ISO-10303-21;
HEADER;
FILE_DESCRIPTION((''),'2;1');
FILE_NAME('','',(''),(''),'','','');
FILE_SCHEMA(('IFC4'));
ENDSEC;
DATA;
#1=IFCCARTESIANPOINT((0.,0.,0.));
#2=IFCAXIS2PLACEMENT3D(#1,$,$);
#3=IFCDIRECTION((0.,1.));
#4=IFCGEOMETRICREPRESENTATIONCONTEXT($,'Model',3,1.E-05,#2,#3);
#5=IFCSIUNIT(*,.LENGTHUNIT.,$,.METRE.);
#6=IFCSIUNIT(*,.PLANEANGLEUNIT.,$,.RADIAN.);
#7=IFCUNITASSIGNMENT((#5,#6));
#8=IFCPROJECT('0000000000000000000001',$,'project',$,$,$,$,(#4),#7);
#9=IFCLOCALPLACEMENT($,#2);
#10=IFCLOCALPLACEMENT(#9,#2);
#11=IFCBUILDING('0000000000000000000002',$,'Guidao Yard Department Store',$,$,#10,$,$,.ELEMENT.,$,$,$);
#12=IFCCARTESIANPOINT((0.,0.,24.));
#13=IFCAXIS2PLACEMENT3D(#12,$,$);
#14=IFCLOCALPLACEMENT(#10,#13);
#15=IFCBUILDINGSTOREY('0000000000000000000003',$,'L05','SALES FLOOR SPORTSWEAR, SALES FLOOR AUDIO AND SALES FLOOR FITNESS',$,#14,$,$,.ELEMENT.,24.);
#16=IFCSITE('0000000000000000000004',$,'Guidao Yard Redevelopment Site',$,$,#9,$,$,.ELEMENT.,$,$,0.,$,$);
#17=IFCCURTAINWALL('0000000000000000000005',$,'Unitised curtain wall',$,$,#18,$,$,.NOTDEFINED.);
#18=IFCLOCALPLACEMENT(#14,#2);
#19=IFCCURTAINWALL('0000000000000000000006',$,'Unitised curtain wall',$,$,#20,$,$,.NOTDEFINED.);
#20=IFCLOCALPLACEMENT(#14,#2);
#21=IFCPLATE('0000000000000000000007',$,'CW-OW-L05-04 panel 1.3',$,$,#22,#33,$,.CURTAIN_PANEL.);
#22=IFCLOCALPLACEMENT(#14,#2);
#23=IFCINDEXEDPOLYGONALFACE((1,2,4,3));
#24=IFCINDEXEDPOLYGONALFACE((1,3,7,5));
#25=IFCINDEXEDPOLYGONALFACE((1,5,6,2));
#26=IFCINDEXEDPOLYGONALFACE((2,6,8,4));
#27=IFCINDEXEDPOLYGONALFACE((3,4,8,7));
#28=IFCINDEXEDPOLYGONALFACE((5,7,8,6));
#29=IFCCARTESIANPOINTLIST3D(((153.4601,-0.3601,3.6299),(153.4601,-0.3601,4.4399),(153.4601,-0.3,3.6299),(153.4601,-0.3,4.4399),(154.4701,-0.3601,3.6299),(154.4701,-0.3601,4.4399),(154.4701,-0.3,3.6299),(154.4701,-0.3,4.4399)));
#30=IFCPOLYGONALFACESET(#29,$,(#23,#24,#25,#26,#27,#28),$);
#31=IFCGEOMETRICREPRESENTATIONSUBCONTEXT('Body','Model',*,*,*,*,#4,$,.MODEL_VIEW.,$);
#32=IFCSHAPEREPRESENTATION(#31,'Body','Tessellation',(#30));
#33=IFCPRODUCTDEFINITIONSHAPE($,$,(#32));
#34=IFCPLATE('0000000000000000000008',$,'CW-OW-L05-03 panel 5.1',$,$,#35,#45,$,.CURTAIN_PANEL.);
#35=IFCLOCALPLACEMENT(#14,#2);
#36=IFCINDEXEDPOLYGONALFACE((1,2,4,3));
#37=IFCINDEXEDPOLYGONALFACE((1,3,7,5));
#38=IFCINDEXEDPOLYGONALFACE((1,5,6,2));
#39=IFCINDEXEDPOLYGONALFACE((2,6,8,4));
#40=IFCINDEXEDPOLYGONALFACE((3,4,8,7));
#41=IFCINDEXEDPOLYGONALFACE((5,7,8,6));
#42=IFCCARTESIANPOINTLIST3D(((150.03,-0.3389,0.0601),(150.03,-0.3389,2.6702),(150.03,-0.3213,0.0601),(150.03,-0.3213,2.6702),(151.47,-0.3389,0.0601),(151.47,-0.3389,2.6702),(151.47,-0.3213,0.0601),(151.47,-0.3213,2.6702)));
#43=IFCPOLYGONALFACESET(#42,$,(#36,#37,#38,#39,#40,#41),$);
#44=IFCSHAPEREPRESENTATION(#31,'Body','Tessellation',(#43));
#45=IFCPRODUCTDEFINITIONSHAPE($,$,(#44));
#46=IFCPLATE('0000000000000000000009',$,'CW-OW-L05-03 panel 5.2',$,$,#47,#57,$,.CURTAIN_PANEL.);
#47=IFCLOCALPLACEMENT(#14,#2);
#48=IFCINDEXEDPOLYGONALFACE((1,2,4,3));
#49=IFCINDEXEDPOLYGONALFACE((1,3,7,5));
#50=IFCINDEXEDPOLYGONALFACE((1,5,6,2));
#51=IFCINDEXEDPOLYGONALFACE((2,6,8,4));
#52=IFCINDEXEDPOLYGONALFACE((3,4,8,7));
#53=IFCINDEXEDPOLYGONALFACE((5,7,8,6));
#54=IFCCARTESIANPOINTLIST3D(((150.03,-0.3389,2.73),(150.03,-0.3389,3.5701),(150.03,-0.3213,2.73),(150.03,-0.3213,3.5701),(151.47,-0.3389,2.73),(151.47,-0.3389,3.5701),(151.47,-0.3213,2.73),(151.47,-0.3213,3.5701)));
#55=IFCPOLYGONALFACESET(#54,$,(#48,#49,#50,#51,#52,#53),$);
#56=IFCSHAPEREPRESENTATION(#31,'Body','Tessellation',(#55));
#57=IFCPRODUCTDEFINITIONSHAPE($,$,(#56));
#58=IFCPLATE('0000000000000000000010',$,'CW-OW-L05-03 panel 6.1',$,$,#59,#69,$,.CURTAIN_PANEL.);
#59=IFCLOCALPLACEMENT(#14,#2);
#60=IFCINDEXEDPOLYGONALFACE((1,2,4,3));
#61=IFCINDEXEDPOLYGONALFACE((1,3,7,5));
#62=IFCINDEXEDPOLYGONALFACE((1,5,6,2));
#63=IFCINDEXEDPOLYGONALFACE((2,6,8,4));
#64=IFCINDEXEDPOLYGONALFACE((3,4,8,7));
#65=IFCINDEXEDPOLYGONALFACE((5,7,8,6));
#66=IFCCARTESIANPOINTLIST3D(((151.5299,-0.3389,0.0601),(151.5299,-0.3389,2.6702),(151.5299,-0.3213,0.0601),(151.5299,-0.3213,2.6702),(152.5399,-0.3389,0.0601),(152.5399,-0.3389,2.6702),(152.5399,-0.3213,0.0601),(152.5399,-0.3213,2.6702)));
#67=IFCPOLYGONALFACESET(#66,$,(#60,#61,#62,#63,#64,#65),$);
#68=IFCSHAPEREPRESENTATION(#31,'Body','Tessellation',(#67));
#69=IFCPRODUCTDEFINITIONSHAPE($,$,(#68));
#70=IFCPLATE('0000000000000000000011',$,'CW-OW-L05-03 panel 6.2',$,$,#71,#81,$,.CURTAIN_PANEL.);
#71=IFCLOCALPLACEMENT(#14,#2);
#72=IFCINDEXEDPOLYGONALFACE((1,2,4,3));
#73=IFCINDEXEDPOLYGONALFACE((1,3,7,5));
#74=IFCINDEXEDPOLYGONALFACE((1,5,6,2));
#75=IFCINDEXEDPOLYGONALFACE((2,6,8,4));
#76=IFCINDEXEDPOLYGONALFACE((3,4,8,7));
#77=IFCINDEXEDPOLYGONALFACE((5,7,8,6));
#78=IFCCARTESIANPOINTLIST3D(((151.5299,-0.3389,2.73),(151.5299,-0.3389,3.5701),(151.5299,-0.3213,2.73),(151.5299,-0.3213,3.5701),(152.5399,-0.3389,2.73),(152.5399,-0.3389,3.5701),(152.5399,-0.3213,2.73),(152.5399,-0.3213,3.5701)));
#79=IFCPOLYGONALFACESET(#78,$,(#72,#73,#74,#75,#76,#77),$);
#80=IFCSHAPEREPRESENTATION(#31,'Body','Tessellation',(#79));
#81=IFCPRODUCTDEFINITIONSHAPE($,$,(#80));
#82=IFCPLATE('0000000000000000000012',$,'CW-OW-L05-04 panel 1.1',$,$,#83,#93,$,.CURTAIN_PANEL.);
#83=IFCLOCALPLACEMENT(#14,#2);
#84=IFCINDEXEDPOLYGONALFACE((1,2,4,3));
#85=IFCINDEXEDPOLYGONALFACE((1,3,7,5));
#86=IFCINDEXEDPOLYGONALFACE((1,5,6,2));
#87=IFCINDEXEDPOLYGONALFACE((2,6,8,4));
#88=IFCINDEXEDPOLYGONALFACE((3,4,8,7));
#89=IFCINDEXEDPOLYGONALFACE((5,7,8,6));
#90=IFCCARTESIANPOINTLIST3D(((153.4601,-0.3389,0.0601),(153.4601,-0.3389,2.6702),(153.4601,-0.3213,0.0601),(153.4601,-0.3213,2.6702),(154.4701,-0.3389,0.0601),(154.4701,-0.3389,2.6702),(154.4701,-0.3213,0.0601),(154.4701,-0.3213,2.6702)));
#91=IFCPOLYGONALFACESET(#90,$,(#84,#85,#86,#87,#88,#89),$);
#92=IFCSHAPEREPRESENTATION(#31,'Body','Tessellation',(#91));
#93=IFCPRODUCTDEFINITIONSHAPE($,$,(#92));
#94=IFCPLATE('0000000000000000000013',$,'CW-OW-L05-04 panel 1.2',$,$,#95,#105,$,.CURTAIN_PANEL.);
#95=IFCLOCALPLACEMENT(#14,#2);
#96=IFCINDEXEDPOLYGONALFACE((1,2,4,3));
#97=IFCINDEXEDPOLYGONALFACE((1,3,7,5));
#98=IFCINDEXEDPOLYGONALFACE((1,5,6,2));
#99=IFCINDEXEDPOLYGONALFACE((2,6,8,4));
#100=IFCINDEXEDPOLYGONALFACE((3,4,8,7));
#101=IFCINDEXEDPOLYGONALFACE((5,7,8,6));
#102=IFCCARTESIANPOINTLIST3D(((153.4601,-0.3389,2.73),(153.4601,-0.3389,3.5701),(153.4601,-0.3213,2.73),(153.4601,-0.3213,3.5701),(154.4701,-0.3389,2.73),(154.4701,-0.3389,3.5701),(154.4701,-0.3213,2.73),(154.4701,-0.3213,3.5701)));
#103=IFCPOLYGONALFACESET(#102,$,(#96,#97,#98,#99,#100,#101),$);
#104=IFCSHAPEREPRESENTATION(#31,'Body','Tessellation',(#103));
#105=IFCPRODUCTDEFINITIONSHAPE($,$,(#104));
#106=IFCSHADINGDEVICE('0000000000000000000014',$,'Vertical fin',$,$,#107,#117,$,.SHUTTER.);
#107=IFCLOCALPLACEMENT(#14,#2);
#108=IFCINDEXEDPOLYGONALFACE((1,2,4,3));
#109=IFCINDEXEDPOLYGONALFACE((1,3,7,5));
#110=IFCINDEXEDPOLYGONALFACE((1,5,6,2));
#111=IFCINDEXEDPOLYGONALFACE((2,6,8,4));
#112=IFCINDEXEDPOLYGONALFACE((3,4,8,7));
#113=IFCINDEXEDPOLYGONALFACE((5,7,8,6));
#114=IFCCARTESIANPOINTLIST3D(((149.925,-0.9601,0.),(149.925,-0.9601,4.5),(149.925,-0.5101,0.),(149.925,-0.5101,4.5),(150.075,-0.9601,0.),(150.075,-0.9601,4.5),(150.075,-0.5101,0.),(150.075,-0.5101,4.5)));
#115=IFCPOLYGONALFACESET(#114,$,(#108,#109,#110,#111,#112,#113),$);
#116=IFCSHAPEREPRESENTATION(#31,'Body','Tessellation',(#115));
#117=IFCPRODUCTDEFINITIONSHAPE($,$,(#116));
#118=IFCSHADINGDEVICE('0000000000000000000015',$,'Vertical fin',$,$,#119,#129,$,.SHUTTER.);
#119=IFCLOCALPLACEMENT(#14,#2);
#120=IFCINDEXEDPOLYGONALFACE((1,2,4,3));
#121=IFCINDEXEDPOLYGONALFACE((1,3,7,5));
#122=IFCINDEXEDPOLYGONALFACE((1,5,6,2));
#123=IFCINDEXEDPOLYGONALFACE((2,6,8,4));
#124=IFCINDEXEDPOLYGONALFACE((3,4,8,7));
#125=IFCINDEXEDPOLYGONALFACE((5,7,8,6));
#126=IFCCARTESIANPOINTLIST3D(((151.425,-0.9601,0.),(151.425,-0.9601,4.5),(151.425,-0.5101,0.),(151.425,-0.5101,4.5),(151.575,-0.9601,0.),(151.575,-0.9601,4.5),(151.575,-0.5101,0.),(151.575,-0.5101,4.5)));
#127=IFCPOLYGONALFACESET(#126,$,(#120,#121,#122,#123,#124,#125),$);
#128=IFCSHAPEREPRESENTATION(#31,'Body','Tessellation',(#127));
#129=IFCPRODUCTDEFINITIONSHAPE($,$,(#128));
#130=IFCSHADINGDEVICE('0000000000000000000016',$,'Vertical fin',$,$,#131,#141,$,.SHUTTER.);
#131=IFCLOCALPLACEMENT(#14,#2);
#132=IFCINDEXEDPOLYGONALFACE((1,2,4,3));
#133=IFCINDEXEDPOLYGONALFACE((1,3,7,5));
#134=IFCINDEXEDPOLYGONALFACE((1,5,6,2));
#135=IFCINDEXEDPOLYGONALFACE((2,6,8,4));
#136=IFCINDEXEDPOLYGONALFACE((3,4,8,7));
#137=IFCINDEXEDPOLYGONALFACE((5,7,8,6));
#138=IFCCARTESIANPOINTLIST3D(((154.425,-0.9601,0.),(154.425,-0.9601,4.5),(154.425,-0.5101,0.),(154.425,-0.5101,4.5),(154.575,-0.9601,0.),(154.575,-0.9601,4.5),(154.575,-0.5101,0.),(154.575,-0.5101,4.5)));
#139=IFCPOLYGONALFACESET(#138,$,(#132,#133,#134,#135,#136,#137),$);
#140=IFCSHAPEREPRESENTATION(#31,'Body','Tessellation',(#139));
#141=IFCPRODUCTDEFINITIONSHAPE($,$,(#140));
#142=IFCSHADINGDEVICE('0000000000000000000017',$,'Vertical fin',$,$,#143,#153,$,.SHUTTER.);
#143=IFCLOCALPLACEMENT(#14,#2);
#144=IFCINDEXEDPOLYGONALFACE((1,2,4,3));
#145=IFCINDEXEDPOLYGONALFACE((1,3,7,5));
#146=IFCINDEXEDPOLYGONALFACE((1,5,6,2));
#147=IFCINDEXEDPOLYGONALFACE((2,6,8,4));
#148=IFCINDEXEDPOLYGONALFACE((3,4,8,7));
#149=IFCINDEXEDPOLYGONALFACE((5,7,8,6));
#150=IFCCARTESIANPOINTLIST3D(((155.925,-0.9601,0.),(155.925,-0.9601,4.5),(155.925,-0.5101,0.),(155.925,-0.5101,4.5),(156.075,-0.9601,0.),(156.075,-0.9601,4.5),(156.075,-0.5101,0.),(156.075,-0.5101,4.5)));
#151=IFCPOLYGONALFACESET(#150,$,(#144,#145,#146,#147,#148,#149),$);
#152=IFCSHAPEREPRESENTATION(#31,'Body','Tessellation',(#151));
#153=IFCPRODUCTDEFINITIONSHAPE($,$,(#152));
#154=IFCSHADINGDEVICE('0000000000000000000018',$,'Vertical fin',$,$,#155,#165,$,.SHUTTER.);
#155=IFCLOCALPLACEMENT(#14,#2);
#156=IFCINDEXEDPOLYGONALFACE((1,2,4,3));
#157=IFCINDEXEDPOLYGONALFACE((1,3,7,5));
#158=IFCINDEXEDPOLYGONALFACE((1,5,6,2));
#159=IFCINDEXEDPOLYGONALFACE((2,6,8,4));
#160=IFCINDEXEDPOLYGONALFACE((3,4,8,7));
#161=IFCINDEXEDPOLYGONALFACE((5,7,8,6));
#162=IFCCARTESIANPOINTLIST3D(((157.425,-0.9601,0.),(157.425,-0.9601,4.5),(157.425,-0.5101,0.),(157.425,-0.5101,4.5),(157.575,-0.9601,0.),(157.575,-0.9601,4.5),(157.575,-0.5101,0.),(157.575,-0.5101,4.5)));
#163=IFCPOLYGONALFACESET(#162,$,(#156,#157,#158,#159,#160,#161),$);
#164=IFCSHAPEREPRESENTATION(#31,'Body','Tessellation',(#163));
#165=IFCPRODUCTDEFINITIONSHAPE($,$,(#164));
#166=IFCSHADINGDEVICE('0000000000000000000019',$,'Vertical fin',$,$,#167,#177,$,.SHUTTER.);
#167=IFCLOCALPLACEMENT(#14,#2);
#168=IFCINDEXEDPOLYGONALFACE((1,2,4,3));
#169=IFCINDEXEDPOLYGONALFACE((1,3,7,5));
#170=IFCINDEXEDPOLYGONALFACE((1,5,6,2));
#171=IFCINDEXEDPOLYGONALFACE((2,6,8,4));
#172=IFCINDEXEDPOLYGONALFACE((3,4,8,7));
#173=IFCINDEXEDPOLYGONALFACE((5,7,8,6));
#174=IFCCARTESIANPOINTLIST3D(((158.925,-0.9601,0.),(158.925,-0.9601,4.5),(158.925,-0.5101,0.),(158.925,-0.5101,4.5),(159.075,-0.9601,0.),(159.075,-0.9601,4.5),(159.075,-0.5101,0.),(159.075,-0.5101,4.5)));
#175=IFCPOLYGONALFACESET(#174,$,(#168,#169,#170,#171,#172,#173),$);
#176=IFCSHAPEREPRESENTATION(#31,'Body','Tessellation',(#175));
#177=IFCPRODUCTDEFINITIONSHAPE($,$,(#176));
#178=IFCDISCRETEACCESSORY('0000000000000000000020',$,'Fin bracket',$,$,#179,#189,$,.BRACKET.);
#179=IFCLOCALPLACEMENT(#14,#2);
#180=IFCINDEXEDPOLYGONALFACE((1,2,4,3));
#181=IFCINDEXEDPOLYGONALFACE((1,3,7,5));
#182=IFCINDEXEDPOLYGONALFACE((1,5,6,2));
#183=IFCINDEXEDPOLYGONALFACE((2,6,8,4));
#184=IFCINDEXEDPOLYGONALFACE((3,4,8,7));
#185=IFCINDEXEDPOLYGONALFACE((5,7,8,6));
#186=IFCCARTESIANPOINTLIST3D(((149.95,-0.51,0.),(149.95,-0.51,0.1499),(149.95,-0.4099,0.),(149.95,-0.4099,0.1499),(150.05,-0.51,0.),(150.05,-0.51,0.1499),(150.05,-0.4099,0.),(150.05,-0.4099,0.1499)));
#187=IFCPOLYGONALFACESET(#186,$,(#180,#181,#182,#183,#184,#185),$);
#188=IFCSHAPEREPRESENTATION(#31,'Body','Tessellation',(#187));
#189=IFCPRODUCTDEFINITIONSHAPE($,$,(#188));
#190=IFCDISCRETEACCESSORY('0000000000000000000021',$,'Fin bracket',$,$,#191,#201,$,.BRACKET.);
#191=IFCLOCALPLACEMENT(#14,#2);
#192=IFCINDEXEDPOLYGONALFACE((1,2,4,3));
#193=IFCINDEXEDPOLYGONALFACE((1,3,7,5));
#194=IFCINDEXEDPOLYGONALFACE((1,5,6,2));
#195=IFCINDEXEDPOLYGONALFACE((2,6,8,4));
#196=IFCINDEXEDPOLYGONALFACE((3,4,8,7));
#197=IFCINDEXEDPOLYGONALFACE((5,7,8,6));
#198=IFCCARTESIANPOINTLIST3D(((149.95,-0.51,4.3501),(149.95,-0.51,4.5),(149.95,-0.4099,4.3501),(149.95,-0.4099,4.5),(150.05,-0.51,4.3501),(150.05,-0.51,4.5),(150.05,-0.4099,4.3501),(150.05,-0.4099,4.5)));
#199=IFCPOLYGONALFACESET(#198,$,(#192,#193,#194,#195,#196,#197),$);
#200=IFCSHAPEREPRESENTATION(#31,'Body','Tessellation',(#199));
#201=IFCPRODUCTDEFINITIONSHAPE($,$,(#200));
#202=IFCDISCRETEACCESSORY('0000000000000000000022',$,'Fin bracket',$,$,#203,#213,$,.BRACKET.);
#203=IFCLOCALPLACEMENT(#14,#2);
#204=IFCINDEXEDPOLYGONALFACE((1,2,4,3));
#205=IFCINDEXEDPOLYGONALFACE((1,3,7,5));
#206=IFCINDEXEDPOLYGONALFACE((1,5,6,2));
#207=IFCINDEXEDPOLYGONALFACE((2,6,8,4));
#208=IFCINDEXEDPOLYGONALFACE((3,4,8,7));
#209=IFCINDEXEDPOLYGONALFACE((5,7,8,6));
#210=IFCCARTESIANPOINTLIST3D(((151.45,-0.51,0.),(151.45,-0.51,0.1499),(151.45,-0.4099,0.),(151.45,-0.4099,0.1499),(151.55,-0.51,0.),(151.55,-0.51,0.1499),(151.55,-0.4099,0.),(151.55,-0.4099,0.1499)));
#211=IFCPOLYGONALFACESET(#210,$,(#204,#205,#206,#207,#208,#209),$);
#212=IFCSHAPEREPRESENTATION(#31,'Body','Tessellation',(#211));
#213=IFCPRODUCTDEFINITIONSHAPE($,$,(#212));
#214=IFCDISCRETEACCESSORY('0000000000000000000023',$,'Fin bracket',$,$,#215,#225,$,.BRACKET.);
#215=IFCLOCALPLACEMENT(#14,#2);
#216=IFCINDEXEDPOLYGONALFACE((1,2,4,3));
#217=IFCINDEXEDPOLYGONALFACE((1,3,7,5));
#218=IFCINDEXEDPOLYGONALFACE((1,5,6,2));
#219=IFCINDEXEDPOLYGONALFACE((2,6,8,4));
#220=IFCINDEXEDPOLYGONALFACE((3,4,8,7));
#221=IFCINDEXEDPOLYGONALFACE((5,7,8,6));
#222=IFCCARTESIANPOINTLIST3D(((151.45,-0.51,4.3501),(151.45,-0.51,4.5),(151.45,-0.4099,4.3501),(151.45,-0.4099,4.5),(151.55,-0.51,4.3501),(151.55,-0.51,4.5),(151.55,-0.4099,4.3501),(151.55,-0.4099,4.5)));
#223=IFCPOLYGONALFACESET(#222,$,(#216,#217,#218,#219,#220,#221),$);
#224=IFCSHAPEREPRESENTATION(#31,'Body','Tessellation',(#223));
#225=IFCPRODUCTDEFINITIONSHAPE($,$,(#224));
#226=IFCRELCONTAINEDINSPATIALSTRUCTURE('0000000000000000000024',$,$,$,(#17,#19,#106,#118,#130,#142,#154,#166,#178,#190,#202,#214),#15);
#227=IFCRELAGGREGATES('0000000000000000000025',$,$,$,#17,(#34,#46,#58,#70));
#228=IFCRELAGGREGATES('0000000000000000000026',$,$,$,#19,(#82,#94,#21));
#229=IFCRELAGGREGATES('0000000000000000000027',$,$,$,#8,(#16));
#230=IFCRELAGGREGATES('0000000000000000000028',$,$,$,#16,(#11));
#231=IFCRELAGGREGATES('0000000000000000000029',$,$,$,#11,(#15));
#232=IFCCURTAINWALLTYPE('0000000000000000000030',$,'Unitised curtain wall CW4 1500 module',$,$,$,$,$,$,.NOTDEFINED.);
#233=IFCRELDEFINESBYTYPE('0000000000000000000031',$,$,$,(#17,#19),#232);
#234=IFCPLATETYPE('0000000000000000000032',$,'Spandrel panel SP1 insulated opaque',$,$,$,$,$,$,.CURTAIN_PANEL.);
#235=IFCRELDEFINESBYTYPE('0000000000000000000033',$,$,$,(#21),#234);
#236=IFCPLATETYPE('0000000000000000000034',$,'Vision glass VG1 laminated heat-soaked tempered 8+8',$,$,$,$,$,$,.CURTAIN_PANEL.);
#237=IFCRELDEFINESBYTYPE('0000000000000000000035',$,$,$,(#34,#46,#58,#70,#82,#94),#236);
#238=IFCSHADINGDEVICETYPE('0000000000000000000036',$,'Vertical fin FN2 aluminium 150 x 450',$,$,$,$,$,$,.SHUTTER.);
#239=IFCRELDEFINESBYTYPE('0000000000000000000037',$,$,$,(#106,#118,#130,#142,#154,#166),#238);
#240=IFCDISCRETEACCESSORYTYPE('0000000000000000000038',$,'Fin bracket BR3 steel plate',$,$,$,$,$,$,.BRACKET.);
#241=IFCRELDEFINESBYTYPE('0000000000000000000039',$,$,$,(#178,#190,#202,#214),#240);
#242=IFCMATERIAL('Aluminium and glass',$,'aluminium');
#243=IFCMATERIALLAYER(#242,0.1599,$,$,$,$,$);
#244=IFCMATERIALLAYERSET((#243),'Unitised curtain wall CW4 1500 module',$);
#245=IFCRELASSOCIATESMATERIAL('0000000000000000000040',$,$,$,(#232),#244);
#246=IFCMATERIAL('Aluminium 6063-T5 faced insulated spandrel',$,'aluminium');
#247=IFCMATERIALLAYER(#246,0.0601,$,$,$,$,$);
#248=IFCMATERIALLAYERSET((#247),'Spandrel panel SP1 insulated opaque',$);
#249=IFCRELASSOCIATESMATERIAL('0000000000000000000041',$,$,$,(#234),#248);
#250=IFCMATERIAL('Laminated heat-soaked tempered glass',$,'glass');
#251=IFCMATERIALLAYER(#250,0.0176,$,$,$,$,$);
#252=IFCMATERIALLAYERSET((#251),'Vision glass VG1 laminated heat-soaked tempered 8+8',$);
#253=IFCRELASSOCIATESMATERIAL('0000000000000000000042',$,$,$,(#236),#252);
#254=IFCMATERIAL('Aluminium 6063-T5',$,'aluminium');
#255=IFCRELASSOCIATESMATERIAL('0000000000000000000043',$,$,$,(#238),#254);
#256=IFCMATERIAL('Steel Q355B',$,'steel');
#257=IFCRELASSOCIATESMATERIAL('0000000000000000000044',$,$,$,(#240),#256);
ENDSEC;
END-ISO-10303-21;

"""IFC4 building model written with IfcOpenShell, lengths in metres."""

from ifc_helpers import new_model, si_unit, direction, frame, origin, origin_2d, place, context, subcontext, project, spatial, rectangle, extrude, material, layer, layer_set, type_object, element, aggregate, save


model = new_model("IFC4")

# Units and contexts
model_context = context("Model", 3, precision=1e-05, world=origin(), true_north=direction((0.0, 1.0)))
body_context = subcontext(model_context, "Body", "Model", "MODEL_VIEW")
ifc_project = project(units=[si_unit("LENGTHUNIT", "METRE"), si_unit("PLANEANGLEUNIT", "RADIAN")], contexts=[model_context])

# Site, building, storey
site_placement = place(None, origin())
site = spatial("IfcSite", under=ifc_project, at=site_placement, Name="Guidao Yard Redevelopment Site", CompositionType="ELEMENT", RefElevation=0.0)
building_placement = place(site_placement, origin())
building = spatial("IfcBuilding", under=site, at=building_placement, Name="Guidao Yard Department Store", CompositionType="ELEMENT")
storey_placement = place(building_placement, frame((0.0, 0.0, 24.0)))
storey = spatial("IfcBuildingStorey", under=building, at=storey_placement, Name="L05", Description="SALES FLOOR SPORTSWEAR, SALES FLOOR AUDIO AND SALES FLOOR FITNESS", CompositionType="ELEMENT", Elevation=24.0)

# Curtain wall
ifc_material_1 = material(Name="Aluminium and glass", Category="aluminium")
ifc_layer_1 = layer(ifc_material_1, 0.1599)
ifc_layer_set_1 = layer_set([ifc_layer_1], Name="Unitised curtain wall CW4 1500 module")
curtain_wall_type = type_object("IfcCurtainWallType", Name="Unitised curtain wall CW4 1500 module", PredefinedType="NOTDEFINED", material=ifc_layer_set_1)
curtain_wall_1_placement = place(storey_placement, origin())
curtain_wall_1 = element("IfcCurtainWall", 1, at=curtain_wall_1_placement, inside=storey, type_object=curtain_wall_type, Name="Unitised curtain wall", PredefinedType="NOTDEFINED")

# Curtain wall
curtain_wall_2_placement = place(storey_placement, origin())
curtain_wall_2 = element("IfcCurtainWall", 2, at=curtain_wall_2_placement, inside=storey, type_object=curtain_wall_type, Name="Unitised curtain wall", PredefinedType="NOTDEFINED")

# Plates
ifc_material_2 = material(Name="Aluminium 6063-T5 faced insulated spandrel", Category="aluminium")
ifc_layer_2 = layer(ifc_material_2, 0.0601)
ifc_layer_set_2 = layer_set([ifc_layer_2], Name="Spandrel panel SP1 insulated opaque")
plate_type_1 = type_object("IfcPlateType", Name="Spandrel panel SP1 insulated opaque", PredefinedType="CURTAIN_PANEL", material=ifc_layer_set_2)
plate_1_placement = place(storey_placement, frame((153.9651, -0.3301, 3.6299), z_axis=(0.0, 0.0, 1.0), x_axis=(-1.0, 0.0, 0.0)))
plate_1 = element("IfcPlate", 3, at=plate_1_placement, type_object=plate_type_1, Name="CW-OW-L05-04 panel 1.3", PredefinedType="CURTAIN_PANEL", context=body_context, shape_type="SweptSolid", body=[
    extrude(rectangle(XDim=1.01, YDim=0.0601, at=origin_2d()), origin(), (0.0, 0.0, 1.0), 0.8101),
])
ifc_material_3 = material(Name="Laminated heat-soaked tempered glass", Category="glass")
ifc_layer_3 = layer(ifc_material_3, 0.0176)
ifc_layer_set_3 = layer_set([ifc_layer_3], Name="Vision glass VG1 laminated heat-soaked tempered 8+8")
plate_type_2 = type_object("IfcPlateType", Name="Vision glass VG1 laminated heat-soaked tempered 8+8", PredefinedType="CURTAIN_PANEL", material=ifc_layer_set_3)
plate_2_placement = place(storey_placement, frame((150.75, -0.3301, 0.0601), z_axis=(0.0, 0.0, 1.0), x_axis=(-1.0, 0.0, 0.0)))
plate_2 = element("IfcPlate", 4, at=plate_2_placement, type_object=plate_type_2, Name="CW-OW-L05-03 panel 5.1", PredefinedType="CURTAIN_PANEL", context=body_context, shape_type="SweptSolid", body=[
    extrude(rectangle(XDim=1.4399, YDim=0.0176, at=origin_2d()), origin(), (0.0, 0.0, 1.0), 2.6101),
])
plate_3_placement = place(storey_placement, frame((150.75, -0.3301, 2.73), z_axis=(0.0, 0.0, 1.0), x_axis=(-1.0, 0.0, 0.0)))
plate_3 = element("IfcPlate", 5, at=plate_3_placement, type_object=plate_type_2, Name="CW-OW-L05-03 panel 5.2", PredefinedType="CURTAIN_PANEL", context=body_context, shape_type="SweptSolid", body=[
    extrude(rectangle(XDim=1.4399, YDim=0.0176, at=origin_2d()), origin(), (0.0, 0.0, 1.0), 0.8401),
])
plate_4_placement = place(storey_placement, frame((152.0349, -0.3301, 0.0601), z_axis=(0.0, 0.0, 1.0), x_axis=(-1.0, 0.0, 0.0)))
plate_4 = element("IfcPlate", 6, at=plate_4_placement, type_object=plate_type_2, Name="CW-OW-L05-03 panel 6.1", PredefinedType="CURTAIN_PANEL", context=body_context, shape_type="SweptSolid", body=[
    extrude(rectangle(XDim=1.01, YDim=0.0176, at=origin_2d()), origin(), (0.0, 0.0, 1.0), 2.6101),
])
plate_5_placement = place(storey_placement, frame((152.0349, -0.3301, 2.73), z_axis=(0.0, 0.0, 1.0), x_axis=(-1.0, 0.0, 0.0)))
plate_5 = element("IfcPlate", 7, at=plate_5_placement, type_object=plate_type_2, Name="CW-OW-L05-03 panel 6.2", PredefinedType="CURTAIN_PANEL", context=body_context, shape_type="SweptSolid", body=[
    extrude(rectangle(XDim=1.01, YDim=0.0176, at=origin_2d()), origin(), (0.0, 0.0, 1.0), 0.8401),
])
aggregate(curtain_wall_1, [plate_2, plate_3, plate_4, plate_5])
plate_6_placement = place(storey_placement, frame((153.9651, -0.3301, 0.0601), z_axis=(0.0, 0.0, 1.0), x_axis=(-1.0, 0.0, 0.0)))
plate_6 = element("IfcPlate", 8, at=plate_6_placement, type_object=plate_type_2, Name="CW-OW-L05-04 panel 1.1", PredefinedType="CURTAIN_PANEL", context=body_context, shape_type="SweptSolid", body=[
    extrude(rectangle(XDim=1.01, YDim=0.0176, at=origin_2d()), origin(), (0.0, 0.0, 1.0), 2.6101),
])
plate_7_placement = place(storey_placement, frame((153.9651, -0.3301, 2.73), z_axis=(0.0, 0.0, 1.0), x_axis=(-1.0, 0.0, 0.0)))
plate_7 = element("IfcPlate", 9, at=plate_7_placement, type_object=plate_type_2, Name="CW-OW-L05-04 panel 1.2", PredefinedType="CURTAIN_PANEL", context=body_context, shape_type="SweptSolid", body=[
    extrude(rectangle(XDim=1.01, YDim=0.0176, at=origin_2d()), origin(), (0.0, 0.0, 1.0), 0.8401),
])
aggregate(curtain_wall_2, [plate_6, plate_7, plate_1])

# Shading devices
ifc_material_4 = material(Name="Aluminium 6063-T5", Category="aluminium")
shading_device_type = type_object("IfcShadingDeviceType", Name="Vertical fin FN2 aluminium 150 x 450", PredefinedType="SHUTTER", material=ifc_material_4)
for number, where, z_axis, x_axis, name in (
    (10, (150.0, -0.7351, 0.0), (0.0, 0.0, 1.0), (-1.0, 0.0, 0.0), "Vertical fin"),
    (11, (151.5, -0.7351, 0.0), (0.0, 0.0, 1.0), (-1.0, 0.0, 0.0), "Vertical fin"),
    (12, (154.5, -0.7351, 0.0), (0.0, 0.0, 1.0), (-1.0, 0.0, 0.0), "Vertical fin"),
    (13, (156.0, -0.7351, 0.0), (0.0, 0.0, 1.0), (-1.0, 0.0, 0.0), "Vertical fin"),
    (14, (157.5, -0.7351, 0.0), (0.0, 0.0, 1.0), (-1.0, 0.0, 0.0), "Vertical fin"),
    (15, (159.0, -0.7351, 0.0), (0.0, 0.0, 1.0), (-1.0, 0.0, 0.0), "Vertical fin"),
):
    element("IfcShadingDevice", number, at=place(storey_placement, frame(where, z_axis=z_axis, x_axis=x_axis)), inside=storey, type_object=shading_device_type, Name=name, PredefinedType="SHUTTER", context=body_context, shape_type="SweptSolid", body=[
        extrude(rectangle(XDim=0.1499, YDim=0.45, at=origin_2d()), origin(), (0.0, 0.0, 1.0), 4.5),
    ])

# Discrete accessories
ifc_material_5 = material(Name="Steel Q355B", Category="steel")
discrete_accessory_type = type_object("IfcDiscreteAccessoryType", Name="Fin bracket BR3 steel plate", PredefinedType="BRACKET", material=ifc_material_5)
for number, where, z_axis, x_axis, name in (
    (16, (150.0, -0.46, 0.0), (0.0, 0.0, 1.0), (-1.0, 0.0, 0.0), "Fin bracket"),
    (17, (150.0, -0.46, 4.3501), (0.0, 0.0, 1.0), (-1.0, 0.0, 0.0), "Fin bracket"),
    (18, (151.5, -0.46, 0.0), (0.0, 0.0, 1.0), (-1.0, 0.0, 0.0), "Fin bracket"),
    (19, (151.5, -0.46, 4.3501), (0.0, 0.0, 1.0), (-1.0, 0.0, 0.0), "Fin bracket"),
):
    element("IfcDiscreteAccessory", number, at=place(storey_placement, frame(where, z_axis=z_axis, x_axis=x_axis)), inside=storey, type_object=discrete_accessory_type, Name=name, PredefinedType="BRACKET", context=body_context, shape_type="SweptSolid", body=[
        extrude(rectangle(XDim=0.1001, YDim=0.1001, at=origin_2d()), origin(), (0.0, 0.0, 1.0), 0.1499),
    ])

save(model, "model.ifc")
